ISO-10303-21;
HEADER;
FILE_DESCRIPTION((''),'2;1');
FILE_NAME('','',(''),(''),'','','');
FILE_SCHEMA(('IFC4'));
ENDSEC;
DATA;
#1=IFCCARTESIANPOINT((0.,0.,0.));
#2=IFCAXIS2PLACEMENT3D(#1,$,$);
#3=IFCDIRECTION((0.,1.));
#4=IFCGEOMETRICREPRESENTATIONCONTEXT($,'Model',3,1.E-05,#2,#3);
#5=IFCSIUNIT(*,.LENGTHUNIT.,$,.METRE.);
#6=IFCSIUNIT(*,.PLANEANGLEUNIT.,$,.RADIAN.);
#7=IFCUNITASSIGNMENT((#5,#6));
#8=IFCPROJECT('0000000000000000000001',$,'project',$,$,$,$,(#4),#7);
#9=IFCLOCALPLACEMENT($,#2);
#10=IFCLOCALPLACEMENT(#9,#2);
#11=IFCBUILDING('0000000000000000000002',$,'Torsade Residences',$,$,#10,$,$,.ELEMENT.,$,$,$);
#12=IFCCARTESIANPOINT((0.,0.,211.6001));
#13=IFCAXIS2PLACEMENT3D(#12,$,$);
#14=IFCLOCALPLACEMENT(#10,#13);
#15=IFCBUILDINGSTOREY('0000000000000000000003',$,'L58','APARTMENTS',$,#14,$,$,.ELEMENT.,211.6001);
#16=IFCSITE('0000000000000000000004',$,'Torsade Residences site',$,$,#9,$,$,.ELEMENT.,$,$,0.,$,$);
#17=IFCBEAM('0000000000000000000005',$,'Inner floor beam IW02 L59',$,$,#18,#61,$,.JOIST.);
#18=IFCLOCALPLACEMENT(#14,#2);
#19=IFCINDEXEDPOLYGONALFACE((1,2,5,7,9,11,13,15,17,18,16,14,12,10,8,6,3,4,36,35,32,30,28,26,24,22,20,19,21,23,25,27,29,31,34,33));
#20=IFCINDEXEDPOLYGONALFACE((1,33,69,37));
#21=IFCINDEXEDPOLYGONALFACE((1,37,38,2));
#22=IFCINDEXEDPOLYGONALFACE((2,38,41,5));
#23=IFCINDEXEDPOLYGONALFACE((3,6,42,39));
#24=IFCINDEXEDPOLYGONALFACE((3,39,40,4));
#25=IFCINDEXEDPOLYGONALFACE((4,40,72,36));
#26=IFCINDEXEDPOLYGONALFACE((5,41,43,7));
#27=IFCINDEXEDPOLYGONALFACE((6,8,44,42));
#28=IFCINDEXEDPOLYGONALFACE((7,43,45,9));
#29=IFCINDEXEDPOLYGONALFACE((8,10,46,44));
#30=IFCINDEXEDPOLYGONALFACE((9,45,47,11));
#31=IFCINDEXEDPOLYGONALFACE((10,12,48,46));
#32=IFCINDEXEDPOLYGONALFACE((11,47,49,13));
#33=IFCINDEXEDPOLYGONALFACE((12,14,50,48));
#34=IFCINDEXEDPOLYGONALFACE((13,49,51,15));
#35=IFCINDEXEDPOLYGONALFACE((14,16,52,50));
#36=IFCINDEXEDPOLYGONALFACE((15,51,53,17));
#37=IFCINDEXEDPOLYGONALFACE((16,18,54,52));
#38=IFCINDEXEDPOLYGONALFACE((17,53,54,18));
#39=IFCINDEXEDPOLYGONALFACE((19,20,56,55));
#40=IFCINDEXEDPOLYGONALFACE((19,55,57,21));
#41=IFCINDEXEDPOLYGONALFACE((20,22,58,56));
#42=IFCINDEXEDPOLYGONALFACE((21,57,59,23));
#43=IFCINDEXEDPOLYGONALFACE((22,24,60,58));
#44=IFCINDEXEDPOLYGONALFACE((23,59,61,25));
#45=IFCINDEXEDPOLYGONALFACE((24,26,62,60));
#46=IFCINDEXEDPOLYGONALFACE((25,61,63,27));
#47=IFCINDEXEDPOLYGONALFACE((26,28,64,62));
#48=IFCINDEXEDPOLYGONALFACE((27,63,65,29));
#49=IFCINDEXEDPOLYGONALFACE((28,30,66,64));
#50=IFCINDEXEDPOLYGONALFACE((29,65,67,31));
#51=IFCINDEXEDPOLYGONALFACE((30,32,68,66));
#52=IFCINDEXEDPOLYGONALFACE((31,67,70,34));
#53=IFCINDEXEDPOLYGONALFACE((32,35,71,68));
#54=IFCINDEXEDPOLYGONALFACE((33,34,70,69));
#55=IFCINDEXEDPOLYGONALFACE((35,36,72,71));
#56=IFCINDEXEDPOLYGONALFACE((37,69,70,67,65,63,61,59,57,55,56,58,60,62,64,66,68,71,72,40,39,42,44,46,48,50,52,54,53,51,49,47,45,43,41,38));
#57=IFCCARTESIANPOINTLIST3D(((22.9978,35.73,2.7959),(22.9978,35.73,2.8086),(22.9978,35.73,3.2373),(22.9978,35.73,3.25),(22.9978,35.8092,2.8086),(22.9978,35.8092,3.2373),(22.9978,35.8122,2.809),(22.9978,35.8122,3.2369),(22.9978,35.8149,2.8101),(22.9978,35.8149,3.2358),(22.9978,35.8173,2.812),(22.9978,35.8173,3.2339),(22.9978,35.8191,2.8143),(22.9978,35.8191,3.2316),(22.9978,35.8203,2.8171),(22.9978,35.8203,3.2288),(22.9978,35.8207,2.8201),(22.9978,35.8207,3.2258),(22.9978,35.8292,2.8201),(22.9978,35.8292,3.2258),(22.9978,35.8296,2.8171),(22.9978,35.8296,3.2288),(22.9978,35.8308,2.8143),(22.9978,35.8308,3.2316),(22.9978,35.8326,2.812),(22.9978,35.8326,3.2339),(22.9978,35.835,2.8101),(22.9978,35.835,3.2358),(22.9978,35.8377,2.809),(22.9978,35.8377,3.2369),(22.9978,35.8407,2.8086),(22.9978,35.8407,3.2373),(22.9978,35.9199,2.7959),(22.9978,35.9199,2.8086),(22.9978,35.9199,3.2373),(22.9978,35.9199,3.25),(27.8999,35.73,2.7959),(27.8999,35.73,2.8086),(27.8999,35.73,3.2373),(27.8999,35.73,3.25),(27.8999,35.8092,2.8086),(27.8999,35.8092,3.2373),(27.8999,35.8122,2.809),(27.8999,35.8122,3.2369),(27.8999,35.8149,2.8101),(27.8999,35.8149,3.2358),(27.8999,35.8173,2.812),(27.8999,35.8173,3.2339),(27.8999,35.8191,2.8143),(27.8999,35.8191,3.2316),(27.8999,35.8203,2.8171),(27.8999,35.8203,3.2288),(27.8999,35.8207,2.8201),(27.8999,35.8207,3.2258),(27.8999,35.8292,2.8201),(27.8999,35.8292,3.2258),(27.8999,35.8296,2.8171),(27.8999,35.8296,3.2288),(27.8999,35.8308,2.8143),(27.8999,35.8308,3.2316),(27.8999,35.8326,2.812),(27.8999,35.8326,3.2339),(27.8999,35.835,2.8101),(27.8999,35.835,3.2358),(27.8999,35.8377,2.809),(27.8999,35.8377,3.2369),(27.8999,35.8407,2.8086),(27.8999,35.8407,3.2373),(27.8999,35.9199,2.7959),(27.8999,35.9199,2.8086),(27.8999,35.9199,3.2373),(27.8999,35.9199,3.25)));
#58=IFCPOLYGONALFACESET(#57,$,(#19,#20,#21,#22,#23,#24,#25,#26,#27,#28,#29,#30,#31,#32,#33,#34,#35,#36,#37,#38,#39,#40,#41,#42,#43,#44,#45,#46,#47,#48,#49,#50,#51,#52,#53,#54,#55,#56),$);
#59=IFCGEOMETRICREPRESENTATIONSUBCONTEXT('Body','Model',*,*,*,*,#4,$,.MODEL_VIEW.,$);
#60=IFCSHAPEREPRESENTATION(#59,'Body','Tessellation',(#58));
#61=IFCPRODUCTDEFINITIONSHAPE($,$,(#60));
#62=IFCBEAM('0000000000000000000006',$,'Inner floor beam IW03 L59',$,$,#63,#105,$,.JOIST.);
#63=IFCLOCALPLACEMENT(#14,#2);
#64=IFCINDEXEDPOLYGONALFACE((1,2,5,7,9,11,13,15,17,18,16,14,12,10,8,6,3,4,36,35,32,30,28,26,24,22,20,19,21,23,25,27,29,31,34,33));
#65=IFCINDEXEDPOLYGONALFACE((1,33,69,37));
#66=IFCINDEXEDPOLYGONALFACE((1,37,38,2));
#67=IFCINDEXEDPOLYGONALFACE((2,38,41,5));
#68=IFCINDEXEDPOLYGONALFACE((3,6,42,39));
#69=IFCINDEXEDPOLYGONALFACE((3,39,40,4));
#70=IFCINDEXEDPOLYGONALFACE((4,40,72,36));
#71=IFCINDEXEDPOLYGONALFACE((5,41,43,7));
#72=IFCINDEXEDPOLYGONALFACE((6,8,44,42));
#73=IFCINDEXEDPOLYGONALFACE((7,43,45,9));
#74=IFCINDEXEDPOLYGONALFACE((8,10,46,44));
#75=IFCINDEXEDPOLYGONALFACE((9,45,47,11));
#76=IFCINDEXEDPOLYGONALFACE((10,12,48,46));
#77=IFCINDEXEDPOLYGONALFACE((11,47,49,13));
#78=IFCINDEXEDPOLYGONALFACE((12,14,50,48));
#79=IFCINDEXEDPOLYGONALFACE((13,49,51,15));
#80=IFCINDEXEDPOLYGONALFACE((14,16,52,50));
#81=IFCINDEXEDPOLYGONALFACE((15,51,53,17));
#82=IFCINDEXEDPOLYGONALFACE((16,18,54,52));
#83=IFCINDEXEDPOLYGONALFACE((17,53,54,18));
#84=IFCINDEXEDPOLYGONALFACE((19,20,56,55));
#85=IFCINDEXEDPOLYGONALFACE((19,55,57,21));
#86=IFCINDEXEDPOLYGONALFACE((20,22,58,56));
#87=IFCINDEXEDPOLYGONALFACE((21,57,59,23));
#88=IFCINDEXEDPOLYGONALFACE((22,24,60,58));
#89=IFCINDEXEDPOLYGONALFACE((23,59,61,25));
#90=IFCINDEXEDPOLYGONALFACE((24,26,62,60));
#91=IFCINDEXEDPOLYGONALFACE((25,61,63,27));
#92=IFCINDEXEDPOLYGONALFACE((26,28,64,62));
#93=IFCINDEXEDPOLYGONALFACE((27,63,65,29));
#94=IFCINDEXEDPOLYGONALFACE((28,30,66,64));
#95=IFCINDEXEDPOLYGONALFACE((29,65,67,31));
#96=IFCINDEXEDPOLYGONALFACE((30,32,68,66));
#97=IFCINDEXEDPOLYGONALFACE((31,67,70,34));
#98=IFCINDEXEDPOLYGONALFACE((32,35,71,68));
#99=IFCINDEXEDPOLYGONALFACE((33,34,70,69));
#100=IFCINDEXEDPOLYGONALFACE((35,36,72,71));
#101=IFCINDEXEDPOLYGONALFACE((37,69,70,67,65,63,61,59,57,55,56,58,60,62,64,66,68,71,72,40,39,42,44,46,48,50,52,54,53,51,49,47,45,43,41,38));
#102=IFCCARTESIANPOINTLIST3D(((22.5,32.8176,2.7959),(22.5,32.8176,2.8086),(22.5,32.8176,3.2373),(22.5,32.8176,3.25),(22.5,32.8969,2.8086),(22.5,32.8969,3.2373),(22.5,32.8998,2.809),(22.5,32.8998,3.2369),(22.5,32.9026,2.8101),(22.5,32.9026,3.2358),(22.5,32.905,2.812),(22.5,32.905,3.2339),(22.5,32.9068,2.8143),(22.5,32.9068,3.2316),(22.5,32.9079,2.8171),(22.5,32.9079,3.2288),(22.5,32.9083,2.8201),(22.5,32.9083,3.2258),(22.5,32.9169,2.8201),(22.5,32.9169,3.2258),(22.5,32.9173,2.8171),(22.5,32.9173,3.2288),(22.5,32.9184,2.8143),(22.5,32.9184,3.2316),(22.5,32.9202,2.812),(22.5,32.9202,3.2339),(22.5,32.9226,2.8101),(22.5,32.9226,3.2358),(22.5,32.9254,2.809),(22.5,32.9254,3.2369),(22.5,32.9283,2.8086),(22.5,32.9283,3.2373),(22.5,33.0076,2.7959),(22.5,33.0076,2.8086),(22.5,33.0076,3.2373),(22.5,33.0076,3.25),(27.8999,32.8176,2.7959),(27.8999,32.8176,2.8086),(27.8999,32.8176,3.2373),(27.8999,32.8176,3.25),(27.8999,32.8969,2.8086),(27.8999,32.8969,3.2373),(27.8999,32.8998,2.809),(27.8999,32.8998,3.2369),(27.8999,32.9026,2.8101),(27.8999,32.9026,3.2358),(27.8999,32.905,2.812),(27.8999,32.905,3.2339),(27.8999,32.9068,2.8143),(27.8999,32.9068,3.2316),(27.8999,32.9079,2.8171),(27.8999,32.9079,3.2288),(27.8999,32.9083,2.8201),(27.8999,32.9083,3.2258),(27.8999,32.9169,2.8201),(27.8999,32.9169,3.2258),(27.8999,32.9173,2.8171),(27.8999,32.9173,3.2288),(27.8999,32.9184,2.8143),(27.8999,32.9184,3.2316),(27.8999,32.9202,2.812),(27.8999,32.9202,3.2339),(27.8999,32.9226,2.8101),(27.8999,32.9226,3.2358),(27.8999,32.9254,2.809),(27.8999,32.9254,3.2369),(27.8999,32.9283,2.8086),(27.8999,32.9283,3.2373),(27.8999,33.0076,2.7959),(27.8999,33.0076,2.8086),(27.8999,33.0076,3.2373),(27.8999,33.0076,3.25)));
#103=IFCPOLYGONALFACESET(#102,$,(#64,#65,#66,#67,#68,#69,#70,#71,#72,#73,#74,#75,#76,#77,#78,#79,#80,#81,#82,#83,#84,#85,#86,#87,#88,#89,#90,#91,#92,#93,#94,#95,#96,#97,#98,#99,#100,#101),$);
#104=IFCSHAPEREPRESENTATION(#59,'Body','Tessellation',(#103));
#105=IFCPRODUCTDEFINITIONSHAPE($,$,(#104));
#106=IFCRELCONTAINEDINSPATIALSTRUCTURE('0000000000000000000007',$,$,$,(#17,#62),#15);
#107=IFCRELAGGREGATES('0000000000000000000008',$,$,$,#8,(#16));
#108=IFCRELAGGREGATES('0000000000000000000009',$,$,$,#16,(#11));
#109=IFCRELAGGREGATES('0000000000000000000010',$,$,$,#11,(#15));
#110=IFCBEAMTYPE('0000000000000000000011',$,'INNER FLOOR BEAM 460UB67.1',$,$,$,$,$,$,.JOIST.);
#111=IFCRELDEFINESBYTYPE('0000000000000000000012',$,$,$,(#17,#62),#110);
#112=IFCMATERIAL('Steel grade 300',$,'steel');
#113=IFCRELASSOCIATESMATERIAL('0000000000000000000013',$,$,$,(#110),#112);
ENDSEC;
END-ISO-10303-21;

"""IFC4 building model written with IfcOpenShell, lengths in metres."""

from ifc_helpers import new_model, si_unit, direction, frame, origin, origin_2d, place, context, subcontext, project, spatial, i_section, extrude, material, material_profile, profile_set, type_object, element, save


model = new_model("IFC4")

# Units and contexts
model_context = context("Model", 3, precision=1e-05, world=origin(), true_north=direction((0.0, 1.0)))
body_context = subcontext(model_context, "Body", "Model", "MODEL_VIEW")
ifc_project = project(units=[si_unit("LENGTHUNIT", "METRE"), si_unit("PLANEANGLEUNIT", "RADIAN")], contexts=[model_context])

# Site, building, storey
site_placement = place(None, origin())
site = spatial("IfcSite", under=ifc_project, at=site_placement, Name="Torsade Residences site", CompositionType="ELEMENT", RefElevation=0.0)
building_placement = place(site_placement, origin())
building = spatial("IfcBuilding", under=site, at=building_placement, Name="Torsade Residences", CompositionType="ELEMENT")
storey_placement = place(building_placement, frame((0.0, 0.0, 211.6001)))
storey = spatial("IfcBuildingStorey", under=building, at=storey_placement, Name="L58", Description="APARTMENTS", CompositionType="ELEMENT", Elevation=211.6001)

# Beams
ifc_material_1 = material(Name="Steel grade 300", Category="steel")
ifc_material_profile = material_profile(ifc_material_1, i_section(OverallWidth=0.1899, OverallDepth=0.4541, WebThickness=0.0085, FlangeThickness=0.0127, FilletRadius=0.0115, at=origin_2d()), Name="460UB67.1")
ifc_profile_set = profile_set([ifc_material_profile], Name="Steel grade 300")
beam_type = type_object("IfcBeamType", Name="INNER FLOOR BEAM 460UB67.1", PredefinedType="JOIST", material=ifc_profile_set)
beam_1_placement = place(storey_placement, frame((27.8999, 35.825, 3.0229), z_axis=(-1.0, 0.0, 0.0), x_axis=(0.0, -1.0, 0.0)))
element("IfcBeam", 1, at=beam_1_placement, inside=storey, type_object=beam_type, Name="Inner floor beam IW02 L59", PredefinedType="JOIST", context=body_context, shape_type="SweptSolid", body=[
    extrude(i_section(OverallWidth=0.1899, OverallDepth=0.4541, WebThickness=0.0085, FlangeThickness=0.0127, FilletRadius=0.0115, at=origin_2d()), origin(), (0.0, 0.0, 1.0), 4.9021),
])
beam_2_placement = place(storey_placement, frame((27.8999, 32.9126, 3.0229), z_axis=(-1.0, 0.0, 0.0), x_axis=(0.0, -1.0, 0.0)))
element("IfcBeam", 2, at=beam_2_placement, inside=storey, type_object=beam_type, Name="Inner floor beam IW03 L59", PredefinedType="JOIST", context=body_context, shape_type="SweptSolid", body=[
    extrude(i_section(OverallWidth=0.1899, OverallDepth=0.4541, WebThickness=0.0085, FlangeThickness=0.0127, FilletRadius=0.0115, at=origin_2d()), origin(), (0.0, 0.0, 1.0), 5.3999),
])

save(model, "model.ifc")
